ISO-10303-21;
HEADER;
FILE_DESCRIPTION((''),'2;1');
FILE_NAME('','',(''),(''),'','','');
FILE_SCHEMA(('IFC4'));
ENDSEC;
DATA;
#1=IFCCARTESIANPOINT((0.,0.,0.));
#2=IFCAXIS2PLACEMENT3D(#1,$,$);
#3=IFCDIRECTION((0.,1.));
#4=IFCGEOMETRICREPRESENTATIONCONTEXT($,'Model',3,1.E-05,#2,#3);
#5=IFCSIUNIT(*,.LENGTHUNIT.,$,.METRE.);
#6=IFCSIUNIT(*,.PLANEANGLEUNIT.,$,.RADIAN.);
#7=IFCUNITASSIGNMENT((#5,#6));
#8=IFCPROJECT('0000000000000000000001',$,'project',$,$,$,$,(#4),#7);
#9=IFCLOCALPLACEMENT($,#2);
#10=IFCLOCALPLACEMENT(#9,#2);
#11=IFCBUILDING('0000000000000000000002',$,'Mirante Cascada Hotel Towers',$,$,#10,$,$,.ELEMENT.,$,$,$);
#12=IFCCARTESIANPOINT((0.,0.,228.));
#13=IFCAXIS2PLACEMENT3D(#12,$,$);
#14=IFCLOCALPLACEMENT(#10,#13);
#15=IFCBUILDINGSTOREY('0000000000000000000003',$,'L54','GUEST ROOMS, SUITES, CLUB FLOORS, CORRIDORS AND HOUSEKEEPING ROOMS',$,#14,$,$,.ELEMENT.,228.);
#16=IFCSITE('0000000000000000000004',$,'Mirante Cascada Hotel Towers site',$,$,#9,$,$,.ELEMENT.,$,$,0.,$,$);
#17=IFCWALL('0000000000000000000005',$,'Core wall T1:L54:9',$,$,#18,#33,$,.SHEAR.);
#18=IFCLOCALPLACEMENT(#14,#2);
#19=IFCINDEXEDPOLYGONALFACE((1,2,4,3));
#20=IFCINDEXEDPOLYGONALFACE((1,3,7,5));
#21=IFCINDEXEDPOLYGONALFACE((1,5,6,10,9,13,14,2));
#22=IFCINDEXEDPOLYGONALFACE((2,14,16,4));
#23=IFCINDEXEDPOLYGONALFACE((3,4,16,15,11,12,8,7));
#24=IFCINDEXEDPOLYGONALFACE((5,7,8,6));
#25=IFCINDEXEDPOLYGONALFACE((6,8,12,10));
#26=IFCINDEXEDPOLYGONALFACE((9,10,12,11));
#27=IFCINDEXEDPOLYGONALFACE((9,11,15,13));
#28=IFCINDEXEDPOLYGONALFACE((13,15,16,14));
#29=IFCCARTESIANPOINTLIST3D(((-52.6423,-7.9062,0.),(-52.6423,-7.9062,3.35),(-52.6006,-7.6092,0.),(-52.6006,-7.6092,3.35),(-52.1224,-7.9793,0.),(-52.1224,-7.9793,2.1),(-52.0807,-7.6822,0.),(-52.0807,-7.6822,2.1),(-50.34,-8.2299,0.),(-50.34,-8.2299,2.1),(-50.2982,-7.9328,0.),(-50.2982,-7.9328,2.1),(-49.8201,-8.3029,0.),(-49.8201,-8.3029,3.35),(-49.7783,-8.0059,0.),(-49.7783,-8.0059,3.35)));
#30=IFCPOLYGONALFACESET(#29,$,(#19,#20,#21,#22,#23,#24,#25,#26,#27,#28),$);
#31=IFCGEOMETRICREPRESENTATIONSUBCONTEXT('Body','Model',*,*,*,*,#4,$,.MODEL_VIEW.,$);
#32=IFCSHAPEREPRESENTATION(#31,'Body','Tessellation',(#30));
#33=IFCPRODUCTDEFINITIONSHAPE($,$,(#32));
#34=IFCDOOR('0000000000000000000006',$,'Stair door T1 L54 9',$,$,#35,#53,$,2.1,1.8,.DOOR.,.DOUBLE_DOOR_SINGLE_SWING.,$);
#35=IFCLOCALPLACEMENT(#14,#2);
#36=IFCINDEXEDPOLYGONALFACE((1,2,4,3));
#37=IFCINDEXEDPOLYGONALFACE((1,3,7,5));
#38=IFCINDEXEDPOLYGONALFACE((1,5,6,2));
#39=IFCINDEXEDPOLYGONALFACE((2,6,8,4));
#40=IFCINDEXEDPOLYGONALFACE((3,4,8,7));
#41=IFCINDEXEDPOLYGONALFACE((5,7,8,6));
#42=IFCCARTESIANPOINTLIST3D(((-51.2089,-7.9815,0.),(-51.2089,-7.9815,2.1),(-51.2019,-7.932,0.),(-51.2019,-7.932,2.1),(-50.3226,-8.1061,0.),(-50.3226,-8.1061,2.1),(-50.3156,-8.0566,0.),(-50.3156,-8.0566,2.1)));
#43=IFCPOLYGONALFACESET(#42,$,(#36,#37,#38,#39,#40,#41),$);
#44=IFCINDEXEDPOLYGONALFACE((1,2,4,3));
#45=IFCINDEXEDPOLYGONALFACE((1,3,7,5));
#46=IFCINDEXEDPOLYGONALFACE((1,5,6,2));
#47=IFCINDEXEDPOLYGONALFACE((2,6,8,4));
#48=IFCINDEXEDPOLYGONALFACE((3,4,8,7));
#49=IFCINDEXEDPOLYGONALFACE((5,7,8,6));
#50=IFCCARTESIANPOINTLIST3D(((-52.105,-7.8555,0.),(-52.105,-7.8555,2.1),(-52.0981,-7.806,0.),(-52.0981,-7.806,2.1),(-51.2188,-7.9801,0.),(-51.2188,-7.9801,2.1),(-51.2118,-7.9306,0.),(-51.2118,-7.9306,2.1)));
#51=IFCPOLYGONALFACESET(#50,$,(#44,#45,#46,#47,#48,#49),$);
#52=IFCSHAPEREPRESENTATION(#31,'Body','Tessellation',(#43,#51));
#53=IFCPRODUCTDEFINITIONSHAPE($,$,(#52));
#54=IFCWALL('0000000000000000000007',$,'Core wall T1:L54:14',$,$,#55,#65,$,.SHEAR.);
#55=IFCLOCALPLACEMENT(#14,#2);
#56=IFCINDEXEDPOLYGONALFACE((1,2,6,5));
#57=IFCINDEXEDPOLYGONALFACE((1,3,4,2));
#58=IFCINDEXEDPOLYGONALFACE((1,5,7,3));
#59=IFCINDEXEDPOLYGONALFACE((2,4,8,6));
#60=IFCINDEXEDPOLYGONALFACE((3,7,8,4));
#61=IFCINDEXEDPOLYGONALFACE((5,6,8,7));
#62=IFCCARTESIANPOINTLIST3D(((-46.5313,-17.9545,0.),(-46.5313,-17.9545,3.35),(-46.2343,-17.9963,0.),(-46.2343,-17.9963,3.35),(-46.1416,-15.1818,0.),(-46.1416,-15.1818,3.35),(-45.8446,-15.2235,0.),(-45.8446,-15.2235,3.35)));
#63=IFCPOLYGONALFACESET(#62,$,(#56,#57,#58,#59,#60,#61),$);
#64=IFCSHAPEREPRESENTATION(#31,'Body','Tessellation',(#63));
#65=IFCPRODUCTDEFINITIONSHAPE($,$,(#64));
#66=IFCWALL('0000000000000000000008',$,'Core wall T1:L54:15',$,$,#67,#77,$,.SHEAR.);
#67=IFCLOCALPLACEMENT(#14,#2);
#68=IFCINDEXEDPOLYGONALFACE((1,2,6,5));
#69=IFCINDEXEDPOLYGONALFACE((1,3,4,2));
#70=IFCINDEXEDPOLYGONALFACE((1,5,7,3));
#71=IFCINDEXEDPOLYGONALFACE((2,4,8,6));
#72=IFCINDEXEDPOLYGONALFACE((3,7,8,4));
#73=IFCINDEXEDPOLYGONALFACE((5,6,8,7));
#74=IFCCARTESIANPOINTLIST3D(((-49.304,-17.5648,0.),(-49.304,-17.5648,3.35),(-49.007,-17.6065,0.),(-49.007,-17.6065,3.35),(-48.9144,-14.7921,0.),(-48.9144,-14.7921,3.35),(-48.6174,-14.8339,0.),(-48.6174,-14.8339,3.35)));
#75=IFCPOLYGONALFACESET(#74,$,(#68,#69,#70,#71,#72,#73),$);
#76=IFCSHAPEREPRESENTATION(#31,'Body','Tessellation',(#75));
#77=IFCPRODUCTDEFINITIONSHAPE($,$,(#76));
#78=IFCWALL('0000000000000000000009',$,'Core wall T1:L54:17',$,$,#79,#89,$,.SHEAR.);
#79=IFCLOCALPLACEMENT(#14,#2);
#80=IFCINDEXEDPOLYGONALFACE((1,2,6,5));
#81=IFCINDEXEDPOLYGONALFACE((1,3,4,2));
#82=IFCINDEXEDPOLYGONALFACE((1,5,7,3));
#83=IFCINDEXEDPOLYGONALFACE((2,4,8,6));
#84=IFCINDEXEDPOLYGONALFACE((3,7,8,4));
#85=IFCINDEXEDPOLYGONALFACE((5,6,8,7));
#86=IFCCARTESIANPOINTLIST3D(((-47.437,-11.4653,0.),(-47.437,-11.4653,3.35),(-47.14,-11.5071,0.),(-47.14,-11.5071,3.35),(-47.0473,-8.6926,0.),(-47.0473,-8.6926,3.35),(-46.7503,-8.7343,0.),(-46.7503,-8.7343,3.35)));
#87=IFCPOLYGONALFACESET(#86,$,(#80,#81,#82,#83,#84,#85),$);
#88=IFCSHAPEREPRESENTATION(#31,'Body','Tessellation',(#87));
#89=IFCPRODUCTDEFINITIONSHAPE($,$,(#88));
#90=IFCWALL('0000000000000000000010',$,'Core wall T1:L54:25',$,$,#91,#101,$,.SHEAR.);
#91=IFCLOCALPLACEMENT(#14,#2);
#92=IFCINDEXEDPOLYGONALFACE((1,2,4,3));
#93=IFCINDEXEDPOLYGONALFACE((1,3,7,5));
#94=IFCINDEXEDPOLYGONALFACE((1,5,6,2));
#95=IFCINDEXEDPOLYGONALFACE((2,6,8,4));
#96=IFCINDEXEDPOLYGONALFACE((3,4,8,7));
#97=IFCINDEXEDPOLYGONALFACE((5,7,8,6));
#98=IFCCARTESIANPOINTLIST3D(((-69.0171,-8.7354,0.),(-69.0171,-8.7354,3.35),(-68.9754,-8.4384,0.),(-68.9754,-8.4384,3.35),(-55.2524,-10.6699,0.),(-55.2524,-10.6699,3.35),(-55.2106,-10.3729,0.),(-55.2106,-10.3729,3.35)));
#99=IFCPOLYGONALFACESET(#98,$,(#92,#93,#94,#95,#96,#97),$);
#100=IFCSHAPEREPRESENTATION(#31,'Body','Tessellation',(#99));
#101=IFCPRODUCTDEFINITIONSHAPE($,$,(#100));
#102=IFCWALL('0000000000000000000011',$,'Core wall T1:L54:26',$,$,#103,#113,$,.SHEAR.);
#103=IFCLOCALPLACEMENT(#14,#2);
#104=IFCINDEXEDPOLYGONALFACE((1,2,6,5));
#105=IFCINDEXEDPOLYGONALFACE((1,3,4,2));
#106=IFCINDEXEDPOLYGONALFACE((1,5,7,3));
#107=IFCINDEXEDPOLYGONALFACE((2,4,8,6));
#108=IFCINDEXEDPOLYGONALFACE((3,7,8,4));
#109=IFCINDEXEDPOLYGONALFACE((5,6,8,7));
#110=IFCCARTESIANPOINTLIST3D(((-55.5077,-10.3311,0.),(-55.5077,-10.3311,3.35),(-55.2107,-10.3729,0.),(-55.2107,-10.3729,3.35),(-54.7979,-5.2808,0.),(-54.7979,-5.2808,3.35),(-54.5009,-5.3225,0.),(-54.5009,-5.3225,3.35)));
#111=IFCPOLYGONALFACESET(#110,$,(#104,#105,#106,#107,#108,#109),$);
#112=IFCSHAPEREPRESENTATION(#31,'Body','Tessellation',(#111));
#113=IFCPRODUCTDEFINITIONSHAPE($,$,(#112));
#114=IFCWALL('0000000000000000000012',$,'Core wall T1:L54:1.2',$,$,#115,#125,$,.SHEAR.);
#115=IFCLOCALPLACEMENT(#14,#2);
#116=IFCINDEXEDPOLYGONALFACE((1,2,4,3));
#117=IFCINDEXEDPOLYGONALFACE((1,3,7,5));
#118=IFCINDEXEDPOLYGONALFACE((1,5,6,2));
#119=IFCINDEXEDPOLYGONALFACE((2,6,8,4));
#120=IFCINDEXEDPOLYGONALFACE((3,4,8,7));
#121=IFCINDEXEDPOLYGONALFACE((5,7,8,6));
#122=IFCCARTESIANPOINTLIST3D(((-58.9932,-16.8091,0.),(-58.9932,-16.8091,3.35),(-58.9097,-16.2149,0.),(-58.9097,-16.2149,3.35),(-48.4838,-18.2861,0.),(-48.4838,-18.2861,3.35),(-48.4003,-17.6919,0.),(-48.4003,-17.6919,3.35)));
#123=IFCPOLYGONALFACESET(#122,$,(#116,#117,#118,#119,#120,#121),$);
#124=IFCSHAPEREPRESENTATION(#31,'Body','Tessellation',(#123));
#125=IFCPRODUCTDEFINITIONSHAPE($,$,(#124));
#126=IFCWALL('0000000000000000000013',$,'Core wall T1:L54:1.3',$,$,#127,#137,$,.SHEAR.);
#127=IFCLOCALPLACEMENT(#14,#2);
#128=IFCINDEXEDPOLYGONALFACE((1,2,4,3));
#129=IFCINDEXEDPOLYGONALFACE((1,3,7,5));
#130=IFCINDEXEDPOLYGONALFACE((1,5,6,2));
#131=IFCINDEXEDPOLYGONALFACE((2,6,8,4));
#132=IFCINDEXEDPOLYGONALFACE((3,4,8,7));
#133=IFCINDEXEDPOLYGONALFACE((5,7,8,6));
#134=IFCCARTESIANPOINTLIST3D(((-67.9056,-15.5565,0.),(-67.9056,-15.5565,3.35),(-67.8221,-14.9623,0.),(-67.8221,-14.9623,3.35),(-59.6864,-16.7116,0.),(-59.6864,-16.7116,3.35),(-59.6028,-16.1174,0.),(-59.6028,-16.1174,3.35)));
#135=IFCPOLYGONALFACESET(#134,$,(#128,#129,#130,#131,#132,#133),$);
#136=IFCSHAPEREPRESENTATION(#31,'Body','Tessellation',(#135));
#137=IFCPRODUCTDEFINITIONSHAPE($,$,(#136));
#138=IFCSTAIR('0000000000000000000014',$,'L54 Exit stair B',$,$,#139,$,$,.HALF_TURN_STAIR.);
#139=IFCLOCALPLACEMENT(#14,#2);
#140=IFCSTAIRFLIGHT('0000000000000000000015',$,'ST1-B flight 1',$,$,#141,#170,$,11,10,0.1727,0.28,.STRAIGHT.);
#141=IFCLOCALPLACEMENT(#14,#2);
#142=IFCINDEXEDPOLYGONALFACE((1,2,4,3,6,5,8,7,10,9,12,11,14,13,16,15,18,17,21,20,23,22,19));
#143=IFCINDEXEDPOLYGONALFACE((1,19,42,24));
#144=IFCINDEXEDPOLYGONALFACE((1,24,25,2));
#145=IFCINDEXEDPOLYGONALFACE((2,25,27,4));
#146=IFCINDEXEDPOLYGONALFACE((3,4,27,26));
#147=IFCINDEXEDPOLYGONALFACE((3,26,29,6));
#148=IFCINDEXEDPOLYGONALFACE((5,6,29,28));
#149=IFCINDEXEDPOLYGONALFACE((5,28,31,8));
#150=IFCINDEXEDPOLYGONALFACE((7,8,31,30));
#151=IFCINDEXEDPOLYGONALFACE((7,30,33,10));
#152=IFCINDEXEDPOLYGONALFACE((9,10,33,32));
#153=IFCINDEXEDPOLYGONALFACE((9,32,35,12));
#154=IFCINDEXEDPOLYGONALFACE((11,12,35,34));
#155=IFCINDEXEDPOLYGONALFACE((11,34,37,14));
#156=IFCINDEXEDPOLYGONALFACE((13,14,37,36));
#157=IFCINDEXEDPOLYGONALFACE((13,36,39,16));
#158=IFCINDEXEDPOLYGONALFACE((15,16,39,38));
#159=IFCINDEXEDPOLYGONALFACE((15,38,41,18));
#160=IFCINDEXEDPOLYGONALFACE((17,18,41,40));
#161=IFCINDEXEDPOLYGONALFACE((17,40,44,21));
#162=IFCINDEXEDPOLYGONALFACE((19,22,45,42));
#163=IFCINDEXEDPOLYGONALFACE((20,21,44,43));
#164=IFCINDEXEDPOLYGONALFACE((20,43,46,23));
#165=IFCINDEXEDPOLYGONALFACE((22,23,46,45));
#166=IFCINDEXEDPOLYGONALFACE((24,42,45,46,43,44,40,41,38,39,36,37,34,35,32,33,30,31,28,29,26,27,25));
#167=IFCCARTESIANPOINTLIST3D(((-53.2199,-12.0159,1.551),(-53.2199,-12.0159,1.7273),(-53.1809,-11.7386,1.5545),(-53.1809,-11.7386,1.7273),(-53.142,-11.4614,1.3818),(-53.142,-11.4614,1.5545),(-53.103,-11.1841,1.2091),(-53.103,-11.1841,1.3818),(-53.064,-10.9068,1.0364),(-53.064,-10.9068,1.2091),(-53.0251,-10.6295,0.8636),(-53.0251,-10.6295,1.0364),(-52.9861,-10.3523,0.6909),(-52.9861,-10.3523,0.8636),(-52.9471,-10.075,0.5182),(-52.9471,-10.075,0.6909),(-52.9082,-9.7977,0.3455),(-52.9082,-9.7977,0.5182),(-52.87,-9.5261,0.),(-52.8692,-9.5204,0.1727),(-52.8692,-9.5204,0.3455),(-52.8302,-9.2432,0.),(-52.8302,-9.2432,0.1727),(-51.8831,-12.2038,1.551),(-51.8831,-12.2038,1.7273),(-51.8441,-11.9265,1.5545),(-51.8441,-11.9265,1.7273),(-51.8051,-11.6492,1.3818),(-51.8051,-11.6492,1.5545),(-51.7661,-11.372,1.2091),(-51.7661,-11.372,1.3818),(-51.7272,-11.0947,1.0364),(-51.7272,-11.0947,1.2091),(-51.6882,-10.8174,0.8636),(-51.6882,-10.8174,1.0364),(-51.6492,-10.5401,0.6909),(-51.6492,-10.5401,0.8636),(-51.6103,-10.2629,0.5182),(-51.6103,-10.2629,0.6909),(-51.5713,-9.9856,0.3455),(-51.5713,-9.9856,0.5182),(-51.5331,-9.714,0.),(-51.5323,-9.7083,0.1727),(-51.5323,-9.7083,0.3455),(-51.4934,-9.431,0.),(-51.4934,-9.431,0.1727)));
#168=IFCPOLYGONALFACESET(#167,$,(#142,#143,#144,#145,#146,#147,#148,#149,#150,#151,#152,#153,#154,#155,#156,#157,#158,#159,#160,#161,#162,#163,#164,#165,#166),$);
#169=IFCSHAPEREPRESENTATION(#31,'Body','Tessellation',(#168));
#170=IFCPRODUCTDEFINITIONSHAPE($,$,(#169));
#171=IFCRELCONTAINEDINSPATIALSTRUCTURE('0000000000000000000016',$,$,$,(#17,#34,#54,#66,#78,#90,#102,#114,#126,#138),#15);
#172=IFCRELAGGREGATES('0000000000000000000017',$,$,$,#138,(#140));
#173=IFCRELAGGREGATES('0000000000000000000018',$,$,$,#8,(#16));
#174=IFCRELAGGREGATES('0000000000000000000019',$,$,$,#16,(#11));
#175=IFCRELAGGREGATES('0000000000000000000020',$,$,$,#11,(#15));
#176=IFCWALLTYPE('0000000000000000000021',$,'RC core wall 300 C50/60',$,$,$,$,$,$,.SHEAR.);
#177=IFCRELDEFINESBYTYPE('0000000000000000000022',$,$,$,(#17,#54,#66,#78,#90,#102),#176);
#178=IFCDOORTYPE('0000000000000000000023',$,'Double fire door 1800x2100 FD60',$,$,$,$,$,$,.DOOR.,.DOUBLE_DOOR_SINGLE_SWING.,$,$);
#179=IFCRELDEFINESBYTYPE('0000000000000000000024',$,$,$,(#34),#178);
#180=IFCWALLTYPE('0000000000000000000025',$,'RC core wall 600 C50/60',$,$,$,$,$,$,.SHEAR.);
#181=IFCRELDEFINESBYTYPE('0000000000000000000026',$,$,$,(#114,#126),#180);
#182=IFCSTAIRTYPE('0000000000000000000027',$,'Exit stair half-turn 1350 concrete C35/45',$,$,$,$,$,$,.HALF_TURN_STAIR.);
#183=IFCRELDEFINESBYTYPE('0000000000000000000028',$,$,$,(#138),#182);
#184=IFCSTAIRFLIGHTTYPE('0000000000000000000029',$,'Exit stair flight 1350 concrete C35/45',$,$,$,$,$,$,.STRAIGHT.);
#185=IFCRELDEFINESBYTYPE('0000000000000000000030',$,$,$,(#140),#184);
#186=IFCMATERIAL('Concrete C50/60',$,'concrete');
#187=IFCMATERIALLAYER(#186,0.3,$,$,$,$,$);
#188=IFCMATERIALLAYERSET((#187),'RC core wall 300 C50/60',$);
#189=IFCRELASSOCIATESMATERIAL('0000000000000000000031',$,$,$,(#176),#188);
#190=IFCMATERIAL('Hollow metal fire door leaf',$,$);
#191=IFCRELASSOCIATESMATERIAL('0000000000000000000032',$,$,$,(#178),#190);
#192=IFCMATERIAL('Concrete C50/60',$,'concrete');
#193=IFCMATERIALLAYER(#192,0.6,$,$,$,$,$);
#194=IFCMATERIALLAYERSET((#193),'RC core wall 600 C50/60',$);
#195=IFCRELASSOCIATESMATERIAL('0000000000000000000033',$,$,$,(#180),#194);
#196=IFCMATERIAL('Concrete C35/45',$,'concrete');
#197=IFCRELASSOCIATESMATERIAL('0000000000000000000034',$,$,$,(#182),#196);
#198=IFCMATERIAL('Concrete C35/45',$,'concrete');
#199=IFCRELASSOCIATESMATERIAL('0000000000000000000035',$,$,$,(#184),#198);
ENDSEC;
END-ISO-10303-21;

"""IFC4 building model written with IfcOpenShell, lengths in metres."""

from ifc_helpers import new_model, si_unit, direction, frame, frame_2d, origin, place, context, subcontext, project, spatial, polyline, rectangle, outline, extrude, material, layer, layer_set, type_object, element, fill, aggregate, save


model = new_model("IFC4")

# Units and contexts
model_context = context("Model", 3, precision=1e-05, world=origin(), true_north=direction((0.0, 1.0)))
body_context = subcontext(model_context, "Body", "Model", "MODEL_VIEW")
ifc_project = project(units=[si_unit("LENGTHUNIT", "METRE"), si_unit("PLANEANGLEUNIT", "RADIAN")], contexts=[model_context])

# Site, building, storey
site_placement = place(None, origin())
site = spatial("IfcSite", under=ifc_project, at=site_placement, Name="Mirante Cascada Hotel Towers site", CompositionType="ELEMENT", RefElevation=0.0)
building_placement = place(site_placement, origin())
building = spatial("IfcBuilding", under=site, at=building_placement, Name="Mirante Cascada Hotel Towers", CompositionType="ELEMENT")
storey_placement = place(building_placement, frame((0.0, 0.0, 228.0)))
storey = spatial("IfcBuildingStorey", under=building, at=storey_placement, Name="L54", Description="GUEST ROOMS, SUITES, CLUB FLOORS, CORRIDORS AND HOUSEKEEPING ROOMS", CompositionType="ELEMENT", Elevation=228.0)

# Shared definitions
ifc_material_1 = material(Name="Concrete C50/60", Category="concrete")
ifc_layer_1 = layer(ifc_material_1, 0.3)
ifc_layer_set_1 = layer_set([ifc_layer_1], Name="RC core wall 300 C50/60")
wall_type_1 = type_object("IfcWallType", Name="RC core wall 300 C50/60", PredefinedType="SHEAR", material=ifc_layer_set_1)

# Wall, opening, door
wall_1_placement = place(storey_placement, frame((-49.7992, -8.1544, 0.0), z_axis=(0.0, 0.0, 1.0), x_axis=(-0.990266, 0.139191, 0.0)))
wall_1 = element("IfcWall", 1, at=wall_1_placement, inside=storey, type_object=wall_type_1, Name="Core wall T1:L54:9", PredefinedType="SHEAR", context=body_context, shape_type="SweptSolid", body=[
    extrude(rectangle(XDim=2.85, YDim=0.3, at=frame_2d((1.425, 0.0))), origin(), (0.0, 0.0, 1.0), 3.35),
])
opening_1_placement = place(wall_1_placement, frame((0.525, 0.0, 0.0)))
opening_1 = element("IfcOpeningElement", 2, at=opening_1_placement, cuts=wall_1, PredefinedType="OPENING", context=body_context, shape_type="SweptSolid", body=[
    extrude(rectangle(XDim=1.8, YDim=2.1, at=frame_2d((0.9, 1.05))), frame((0.0, 0.15, 0.0), z_axis=(0.0, -1.0, 0.0), x_axis=(1.0, 0.0, 0.0)), (0.0, 0.0, 1.0), 0.3),
])
ifc_material_2 = material(Name="Hollow metal fire door leaf")
door_type_1 = type_object("IfcDoorType", Name="Double fire door 1800x2100 FD60", OperationType="DOUBLE_DOOR_SINGLE_SWING", PredefinedType="DOOR", material=ifc_material_2)
door_1_placement = place(opening_1_placement, origin())
door_1 = element("IfcDoor", 3, at=door_1_placement, inside=storey, type_object=door_type_1, Name="Stair door T1 L54 9", OperationType="DOUBLE_DOOR_SINGLE_SWING", OverallHeight=2.1, OverallWidth=1.8, PredefinedType="DOOR", context=body_context, shape_type="SweptSolid", body=[
    extrude(rectangle(XDim=0.895, YDim=2.1, at=frame_2d((0.4475, 1.05))), frame((0.0, 0.025, 0.0), z_axis=(0.0, -1.0, 0.0), x_axis=(1.0, 0.0, 0.0)), (0.0, 0.0, 1.0), 0.05),
    extrude(rectangle(XDim=0.895, YDim=2.1, at=frame_2d((1.3525, 1.05))), frame((0.0, 0.025, 0.0), z_axis=(0.0, -1.0, 0.0), x_axis=(1.0, 0.0, 0.0)), (0.0, 0.0, 1.0), 0.05),
])
fill(opening_1, door_1)

# Walls
wall_2_placement = place(storey_placement, frame((-46.3828, -17.9754, 0.0), z_axis=(0.0, 0.0, 1.0), x_axis=(0.139181, 0.990267, 0.0)))
element("IfcWall", 4, at=wall_2_placement, inside=storey, type_object=wall_type_1, Name="Core wall T1:L54:14", PredefinedType="SHEAR", context=body_context, shape_type="SweptSolid", body=[
    extrude(rectangle(XDim=2.8, YDim=0.3, at=frame_2d((1.4, 0.0))), origin(), (0.0, 0.0, 1.0), 3.35),
])
wall_3_placement = place(storey_placement, frame((-49.1555, -17.5857, 0.0), z_axis=(0.0, 0.0, 1.0), x_axis=(0.139146, 0.990272, 0.0)))
element("IfcWall", 5, at=wall_3_placement, inside=storey, type_object=wall_type_1, Name="Core wall T1:L54:15", PredefinedType="SHEAR", context=body_context, shape_type="SweptSolid", body=[
    extrude(rectangle(XDim=2.7999, YDim=0.3, at=frame_2d((1.4, 0.0))), origin(), (0.0, 0.0, 1.0), 3.35),
])
wall_4_placement = place(storey_placement, frame((-47.2885, -11.4862, 0.0), z_axis=(0.0, 0.0, 1.0), x_axis=(0.139181, 0.990267, 0.0)))
element("IfcWall", 6, at=wall_4_placement, inside=storey, type_object=wall_type_1, Name="Core wall T1:L54:17", PredefinedType="SHEAR", context=body_context, shape_type="SweptSolid", body=[
    extrude(rectangle(XDim=2.8, YDim=0.3, at=frame_2d((1.4, 0.0))), origin(), (0.0, 0.0, 1.0), 3.35),
])
wall_5_placement = place(storey_placement, frame((-55.2315, -10.5214, 0.0), z_axis=(0.0, 0.0, 1.0), x_axis=(-0.990268, 0.139173, 0.0)))
element("IfcWall", 7, at=wall_5_placement, inside=storey, type_object=wall_type_1, Name="Core wall T1:L54:25", PredefinedType="SHEAR", context=body_context, shape_type="SweptSolid", body=[
    extrude(rectangle(XDim=13.9, YDim=0.3, at=frame_2d((6.95, 0.0))), origin(), (0.0, 0.0, 1.0), 3.35),
])
wall_6_placement = place(storey_placement, frame((-55.3592, -10.352, 0.0), z_axis=(0.0, 0.0, 1.0), x_axis=(0.139176, 0.990268, 0.0)))
element("IfcWall", 8, at=wall_6_placement, inside=storey, type_object=wall_type_1, Name="Core wall T1:L54:26", PredefinedType="SHEAR", context=body_context, shape_type="SweptSolid", body=[
    extrude(rectangle(XDim=5.1, YDim=0.3, at=frame_2d((2.55, 0.0))), origin(), (0.0, 0.0, 1.0), 3.35),
])
ifc_material_3 = material(Name="Concrete C50/60", Category="concrete")
ifc_layer_2 = layer(ifc_material_3, 0.6)
ifc_layer_set_2 = layer_set([ifc_layer_2], Name="RC core wall 600 C50/60")
wall_type_2 = type_object("IfcWallType", Name="RC core wall 600 C50/60", PredefinedType="SHEAR", material=ifc_layer_set_2)
wall_7_placement = place(storey_placement, frame((-48.442, -17.989, 0.0), z_axis=(0.0, 0.0, 1.0), x_axis=(-0.990268, 0.139173, 0.0)))
element("IfcWall", 9, at=wall_7_placement, inside=storey, type_object=wall_type_2, Name="Core wall T1:L54:1.2", PredefinedType="SHEAR", context=body_context, shape_type="SweptSolid", body=[
    extrude(rectangle(XDim=10.6127, YDim=0.6, at=frame_2d((5.3064, 0.0))), origin(), (0.0, 0.0, 1.0), 3.35),
])
wall_8_placement = place(storey_placement, frame((-59.6446, -16.4145, 0.0), z_axis=(0.0, 0.0, 1.0), x_axis=(-0.990269, 0.139169, 0.0)))
element("IfcWall", 10, at=wall_8_placement, inside=storey, type_object=wall_type_2, Name="Core wall T1:L54:1.3", PredefinedType="SHEAR", context=body_context, shape_type="SweptSolid", body=[
    extrude(rectangle(XDim=8.3, YDim=0.6, at=frame_2d((4.15, 0.0))), origin(), (0.0, 0.0, 1.0), 3.35),
])

# Stair, stair flight
ifc_material_4 = material(Name="Concrete C35/45", Category="concrete")
stair_type = type_object("IfcStairType", Name="Exit stair half-turn 1350 concrete C35/45", PredefinedType="HALF_TURN_STAIR", material=ifc_material_4)
stair_placement = place(storey_placement, origin())
stair = element("IfcStair", 11, at=stair_placement, inside=storey, type_object=stair_type, Name="L54 Exit stair B", PredefinedType="HALF_TURN_STAIR")
ifc_material_5 = material(Name="Concrete C35/45", Category="concrete")
stair_flight_type = type_object("IfcStairFlightType", Name="Exit stair flight 1350 concrete C35/45", PredefinedType="STRAIGHT", material=ifc_material_5)
stair_flight_1_placement = place(storey_placement, frame((-52.1618, -9.3371, 0.0), z_axis=(0.0, 0.0, 1.0), x_axis=(-0.139173, -0.990268, 0.0)))
stair_flight_1 = element("IfcStairFlight", 12, at=stair_flight_1_placement, type_object=stair_flight_type, Name="ST1-B flight 1", NumberOfRisers=11, NumberOfTreads=10, PredefinedType="STRAIGHT", RiserHeight=0.1727, TreadLength=0.28, context=body_context, shape_type="SweptSolid", body=[
    extrude(outline(polyline([(0.0, 0.0), (0.0, 0.1727), (0.28, 0.1727), (0.28, 0.3455), (0.56, 0.3455), (0.56, 0.5182), (0.84, 0.5182), (0.84, 0.6909), (1.12, 0.6909), (1.12, 0.8636), (1.4, 0.8636), (1.4, 1.0364), (1.68, 1.0364), (1.68, 1.2091), (1.96, 1.2091), (1.96, 1.3818), (2.24, 1.3818), (2.24, 1.5545), (2.52, 1.5545), (2.52, 1.7273), (2.8, 1.7273), (2.8, 1.9), (2.8, 1.551), (0.2857, 0.0), (0.0, 0.0)])), frame((0.0, 0.675, 0.0), z_axis=(0.0, -1.0, 0.0), x_axis=(1.0, 0.0, 0.0)), (0.0, 0.0, 1.0), 1.35),
])
aggregate(stair, [stair_flight_1])

save(model, "model.ifc")
